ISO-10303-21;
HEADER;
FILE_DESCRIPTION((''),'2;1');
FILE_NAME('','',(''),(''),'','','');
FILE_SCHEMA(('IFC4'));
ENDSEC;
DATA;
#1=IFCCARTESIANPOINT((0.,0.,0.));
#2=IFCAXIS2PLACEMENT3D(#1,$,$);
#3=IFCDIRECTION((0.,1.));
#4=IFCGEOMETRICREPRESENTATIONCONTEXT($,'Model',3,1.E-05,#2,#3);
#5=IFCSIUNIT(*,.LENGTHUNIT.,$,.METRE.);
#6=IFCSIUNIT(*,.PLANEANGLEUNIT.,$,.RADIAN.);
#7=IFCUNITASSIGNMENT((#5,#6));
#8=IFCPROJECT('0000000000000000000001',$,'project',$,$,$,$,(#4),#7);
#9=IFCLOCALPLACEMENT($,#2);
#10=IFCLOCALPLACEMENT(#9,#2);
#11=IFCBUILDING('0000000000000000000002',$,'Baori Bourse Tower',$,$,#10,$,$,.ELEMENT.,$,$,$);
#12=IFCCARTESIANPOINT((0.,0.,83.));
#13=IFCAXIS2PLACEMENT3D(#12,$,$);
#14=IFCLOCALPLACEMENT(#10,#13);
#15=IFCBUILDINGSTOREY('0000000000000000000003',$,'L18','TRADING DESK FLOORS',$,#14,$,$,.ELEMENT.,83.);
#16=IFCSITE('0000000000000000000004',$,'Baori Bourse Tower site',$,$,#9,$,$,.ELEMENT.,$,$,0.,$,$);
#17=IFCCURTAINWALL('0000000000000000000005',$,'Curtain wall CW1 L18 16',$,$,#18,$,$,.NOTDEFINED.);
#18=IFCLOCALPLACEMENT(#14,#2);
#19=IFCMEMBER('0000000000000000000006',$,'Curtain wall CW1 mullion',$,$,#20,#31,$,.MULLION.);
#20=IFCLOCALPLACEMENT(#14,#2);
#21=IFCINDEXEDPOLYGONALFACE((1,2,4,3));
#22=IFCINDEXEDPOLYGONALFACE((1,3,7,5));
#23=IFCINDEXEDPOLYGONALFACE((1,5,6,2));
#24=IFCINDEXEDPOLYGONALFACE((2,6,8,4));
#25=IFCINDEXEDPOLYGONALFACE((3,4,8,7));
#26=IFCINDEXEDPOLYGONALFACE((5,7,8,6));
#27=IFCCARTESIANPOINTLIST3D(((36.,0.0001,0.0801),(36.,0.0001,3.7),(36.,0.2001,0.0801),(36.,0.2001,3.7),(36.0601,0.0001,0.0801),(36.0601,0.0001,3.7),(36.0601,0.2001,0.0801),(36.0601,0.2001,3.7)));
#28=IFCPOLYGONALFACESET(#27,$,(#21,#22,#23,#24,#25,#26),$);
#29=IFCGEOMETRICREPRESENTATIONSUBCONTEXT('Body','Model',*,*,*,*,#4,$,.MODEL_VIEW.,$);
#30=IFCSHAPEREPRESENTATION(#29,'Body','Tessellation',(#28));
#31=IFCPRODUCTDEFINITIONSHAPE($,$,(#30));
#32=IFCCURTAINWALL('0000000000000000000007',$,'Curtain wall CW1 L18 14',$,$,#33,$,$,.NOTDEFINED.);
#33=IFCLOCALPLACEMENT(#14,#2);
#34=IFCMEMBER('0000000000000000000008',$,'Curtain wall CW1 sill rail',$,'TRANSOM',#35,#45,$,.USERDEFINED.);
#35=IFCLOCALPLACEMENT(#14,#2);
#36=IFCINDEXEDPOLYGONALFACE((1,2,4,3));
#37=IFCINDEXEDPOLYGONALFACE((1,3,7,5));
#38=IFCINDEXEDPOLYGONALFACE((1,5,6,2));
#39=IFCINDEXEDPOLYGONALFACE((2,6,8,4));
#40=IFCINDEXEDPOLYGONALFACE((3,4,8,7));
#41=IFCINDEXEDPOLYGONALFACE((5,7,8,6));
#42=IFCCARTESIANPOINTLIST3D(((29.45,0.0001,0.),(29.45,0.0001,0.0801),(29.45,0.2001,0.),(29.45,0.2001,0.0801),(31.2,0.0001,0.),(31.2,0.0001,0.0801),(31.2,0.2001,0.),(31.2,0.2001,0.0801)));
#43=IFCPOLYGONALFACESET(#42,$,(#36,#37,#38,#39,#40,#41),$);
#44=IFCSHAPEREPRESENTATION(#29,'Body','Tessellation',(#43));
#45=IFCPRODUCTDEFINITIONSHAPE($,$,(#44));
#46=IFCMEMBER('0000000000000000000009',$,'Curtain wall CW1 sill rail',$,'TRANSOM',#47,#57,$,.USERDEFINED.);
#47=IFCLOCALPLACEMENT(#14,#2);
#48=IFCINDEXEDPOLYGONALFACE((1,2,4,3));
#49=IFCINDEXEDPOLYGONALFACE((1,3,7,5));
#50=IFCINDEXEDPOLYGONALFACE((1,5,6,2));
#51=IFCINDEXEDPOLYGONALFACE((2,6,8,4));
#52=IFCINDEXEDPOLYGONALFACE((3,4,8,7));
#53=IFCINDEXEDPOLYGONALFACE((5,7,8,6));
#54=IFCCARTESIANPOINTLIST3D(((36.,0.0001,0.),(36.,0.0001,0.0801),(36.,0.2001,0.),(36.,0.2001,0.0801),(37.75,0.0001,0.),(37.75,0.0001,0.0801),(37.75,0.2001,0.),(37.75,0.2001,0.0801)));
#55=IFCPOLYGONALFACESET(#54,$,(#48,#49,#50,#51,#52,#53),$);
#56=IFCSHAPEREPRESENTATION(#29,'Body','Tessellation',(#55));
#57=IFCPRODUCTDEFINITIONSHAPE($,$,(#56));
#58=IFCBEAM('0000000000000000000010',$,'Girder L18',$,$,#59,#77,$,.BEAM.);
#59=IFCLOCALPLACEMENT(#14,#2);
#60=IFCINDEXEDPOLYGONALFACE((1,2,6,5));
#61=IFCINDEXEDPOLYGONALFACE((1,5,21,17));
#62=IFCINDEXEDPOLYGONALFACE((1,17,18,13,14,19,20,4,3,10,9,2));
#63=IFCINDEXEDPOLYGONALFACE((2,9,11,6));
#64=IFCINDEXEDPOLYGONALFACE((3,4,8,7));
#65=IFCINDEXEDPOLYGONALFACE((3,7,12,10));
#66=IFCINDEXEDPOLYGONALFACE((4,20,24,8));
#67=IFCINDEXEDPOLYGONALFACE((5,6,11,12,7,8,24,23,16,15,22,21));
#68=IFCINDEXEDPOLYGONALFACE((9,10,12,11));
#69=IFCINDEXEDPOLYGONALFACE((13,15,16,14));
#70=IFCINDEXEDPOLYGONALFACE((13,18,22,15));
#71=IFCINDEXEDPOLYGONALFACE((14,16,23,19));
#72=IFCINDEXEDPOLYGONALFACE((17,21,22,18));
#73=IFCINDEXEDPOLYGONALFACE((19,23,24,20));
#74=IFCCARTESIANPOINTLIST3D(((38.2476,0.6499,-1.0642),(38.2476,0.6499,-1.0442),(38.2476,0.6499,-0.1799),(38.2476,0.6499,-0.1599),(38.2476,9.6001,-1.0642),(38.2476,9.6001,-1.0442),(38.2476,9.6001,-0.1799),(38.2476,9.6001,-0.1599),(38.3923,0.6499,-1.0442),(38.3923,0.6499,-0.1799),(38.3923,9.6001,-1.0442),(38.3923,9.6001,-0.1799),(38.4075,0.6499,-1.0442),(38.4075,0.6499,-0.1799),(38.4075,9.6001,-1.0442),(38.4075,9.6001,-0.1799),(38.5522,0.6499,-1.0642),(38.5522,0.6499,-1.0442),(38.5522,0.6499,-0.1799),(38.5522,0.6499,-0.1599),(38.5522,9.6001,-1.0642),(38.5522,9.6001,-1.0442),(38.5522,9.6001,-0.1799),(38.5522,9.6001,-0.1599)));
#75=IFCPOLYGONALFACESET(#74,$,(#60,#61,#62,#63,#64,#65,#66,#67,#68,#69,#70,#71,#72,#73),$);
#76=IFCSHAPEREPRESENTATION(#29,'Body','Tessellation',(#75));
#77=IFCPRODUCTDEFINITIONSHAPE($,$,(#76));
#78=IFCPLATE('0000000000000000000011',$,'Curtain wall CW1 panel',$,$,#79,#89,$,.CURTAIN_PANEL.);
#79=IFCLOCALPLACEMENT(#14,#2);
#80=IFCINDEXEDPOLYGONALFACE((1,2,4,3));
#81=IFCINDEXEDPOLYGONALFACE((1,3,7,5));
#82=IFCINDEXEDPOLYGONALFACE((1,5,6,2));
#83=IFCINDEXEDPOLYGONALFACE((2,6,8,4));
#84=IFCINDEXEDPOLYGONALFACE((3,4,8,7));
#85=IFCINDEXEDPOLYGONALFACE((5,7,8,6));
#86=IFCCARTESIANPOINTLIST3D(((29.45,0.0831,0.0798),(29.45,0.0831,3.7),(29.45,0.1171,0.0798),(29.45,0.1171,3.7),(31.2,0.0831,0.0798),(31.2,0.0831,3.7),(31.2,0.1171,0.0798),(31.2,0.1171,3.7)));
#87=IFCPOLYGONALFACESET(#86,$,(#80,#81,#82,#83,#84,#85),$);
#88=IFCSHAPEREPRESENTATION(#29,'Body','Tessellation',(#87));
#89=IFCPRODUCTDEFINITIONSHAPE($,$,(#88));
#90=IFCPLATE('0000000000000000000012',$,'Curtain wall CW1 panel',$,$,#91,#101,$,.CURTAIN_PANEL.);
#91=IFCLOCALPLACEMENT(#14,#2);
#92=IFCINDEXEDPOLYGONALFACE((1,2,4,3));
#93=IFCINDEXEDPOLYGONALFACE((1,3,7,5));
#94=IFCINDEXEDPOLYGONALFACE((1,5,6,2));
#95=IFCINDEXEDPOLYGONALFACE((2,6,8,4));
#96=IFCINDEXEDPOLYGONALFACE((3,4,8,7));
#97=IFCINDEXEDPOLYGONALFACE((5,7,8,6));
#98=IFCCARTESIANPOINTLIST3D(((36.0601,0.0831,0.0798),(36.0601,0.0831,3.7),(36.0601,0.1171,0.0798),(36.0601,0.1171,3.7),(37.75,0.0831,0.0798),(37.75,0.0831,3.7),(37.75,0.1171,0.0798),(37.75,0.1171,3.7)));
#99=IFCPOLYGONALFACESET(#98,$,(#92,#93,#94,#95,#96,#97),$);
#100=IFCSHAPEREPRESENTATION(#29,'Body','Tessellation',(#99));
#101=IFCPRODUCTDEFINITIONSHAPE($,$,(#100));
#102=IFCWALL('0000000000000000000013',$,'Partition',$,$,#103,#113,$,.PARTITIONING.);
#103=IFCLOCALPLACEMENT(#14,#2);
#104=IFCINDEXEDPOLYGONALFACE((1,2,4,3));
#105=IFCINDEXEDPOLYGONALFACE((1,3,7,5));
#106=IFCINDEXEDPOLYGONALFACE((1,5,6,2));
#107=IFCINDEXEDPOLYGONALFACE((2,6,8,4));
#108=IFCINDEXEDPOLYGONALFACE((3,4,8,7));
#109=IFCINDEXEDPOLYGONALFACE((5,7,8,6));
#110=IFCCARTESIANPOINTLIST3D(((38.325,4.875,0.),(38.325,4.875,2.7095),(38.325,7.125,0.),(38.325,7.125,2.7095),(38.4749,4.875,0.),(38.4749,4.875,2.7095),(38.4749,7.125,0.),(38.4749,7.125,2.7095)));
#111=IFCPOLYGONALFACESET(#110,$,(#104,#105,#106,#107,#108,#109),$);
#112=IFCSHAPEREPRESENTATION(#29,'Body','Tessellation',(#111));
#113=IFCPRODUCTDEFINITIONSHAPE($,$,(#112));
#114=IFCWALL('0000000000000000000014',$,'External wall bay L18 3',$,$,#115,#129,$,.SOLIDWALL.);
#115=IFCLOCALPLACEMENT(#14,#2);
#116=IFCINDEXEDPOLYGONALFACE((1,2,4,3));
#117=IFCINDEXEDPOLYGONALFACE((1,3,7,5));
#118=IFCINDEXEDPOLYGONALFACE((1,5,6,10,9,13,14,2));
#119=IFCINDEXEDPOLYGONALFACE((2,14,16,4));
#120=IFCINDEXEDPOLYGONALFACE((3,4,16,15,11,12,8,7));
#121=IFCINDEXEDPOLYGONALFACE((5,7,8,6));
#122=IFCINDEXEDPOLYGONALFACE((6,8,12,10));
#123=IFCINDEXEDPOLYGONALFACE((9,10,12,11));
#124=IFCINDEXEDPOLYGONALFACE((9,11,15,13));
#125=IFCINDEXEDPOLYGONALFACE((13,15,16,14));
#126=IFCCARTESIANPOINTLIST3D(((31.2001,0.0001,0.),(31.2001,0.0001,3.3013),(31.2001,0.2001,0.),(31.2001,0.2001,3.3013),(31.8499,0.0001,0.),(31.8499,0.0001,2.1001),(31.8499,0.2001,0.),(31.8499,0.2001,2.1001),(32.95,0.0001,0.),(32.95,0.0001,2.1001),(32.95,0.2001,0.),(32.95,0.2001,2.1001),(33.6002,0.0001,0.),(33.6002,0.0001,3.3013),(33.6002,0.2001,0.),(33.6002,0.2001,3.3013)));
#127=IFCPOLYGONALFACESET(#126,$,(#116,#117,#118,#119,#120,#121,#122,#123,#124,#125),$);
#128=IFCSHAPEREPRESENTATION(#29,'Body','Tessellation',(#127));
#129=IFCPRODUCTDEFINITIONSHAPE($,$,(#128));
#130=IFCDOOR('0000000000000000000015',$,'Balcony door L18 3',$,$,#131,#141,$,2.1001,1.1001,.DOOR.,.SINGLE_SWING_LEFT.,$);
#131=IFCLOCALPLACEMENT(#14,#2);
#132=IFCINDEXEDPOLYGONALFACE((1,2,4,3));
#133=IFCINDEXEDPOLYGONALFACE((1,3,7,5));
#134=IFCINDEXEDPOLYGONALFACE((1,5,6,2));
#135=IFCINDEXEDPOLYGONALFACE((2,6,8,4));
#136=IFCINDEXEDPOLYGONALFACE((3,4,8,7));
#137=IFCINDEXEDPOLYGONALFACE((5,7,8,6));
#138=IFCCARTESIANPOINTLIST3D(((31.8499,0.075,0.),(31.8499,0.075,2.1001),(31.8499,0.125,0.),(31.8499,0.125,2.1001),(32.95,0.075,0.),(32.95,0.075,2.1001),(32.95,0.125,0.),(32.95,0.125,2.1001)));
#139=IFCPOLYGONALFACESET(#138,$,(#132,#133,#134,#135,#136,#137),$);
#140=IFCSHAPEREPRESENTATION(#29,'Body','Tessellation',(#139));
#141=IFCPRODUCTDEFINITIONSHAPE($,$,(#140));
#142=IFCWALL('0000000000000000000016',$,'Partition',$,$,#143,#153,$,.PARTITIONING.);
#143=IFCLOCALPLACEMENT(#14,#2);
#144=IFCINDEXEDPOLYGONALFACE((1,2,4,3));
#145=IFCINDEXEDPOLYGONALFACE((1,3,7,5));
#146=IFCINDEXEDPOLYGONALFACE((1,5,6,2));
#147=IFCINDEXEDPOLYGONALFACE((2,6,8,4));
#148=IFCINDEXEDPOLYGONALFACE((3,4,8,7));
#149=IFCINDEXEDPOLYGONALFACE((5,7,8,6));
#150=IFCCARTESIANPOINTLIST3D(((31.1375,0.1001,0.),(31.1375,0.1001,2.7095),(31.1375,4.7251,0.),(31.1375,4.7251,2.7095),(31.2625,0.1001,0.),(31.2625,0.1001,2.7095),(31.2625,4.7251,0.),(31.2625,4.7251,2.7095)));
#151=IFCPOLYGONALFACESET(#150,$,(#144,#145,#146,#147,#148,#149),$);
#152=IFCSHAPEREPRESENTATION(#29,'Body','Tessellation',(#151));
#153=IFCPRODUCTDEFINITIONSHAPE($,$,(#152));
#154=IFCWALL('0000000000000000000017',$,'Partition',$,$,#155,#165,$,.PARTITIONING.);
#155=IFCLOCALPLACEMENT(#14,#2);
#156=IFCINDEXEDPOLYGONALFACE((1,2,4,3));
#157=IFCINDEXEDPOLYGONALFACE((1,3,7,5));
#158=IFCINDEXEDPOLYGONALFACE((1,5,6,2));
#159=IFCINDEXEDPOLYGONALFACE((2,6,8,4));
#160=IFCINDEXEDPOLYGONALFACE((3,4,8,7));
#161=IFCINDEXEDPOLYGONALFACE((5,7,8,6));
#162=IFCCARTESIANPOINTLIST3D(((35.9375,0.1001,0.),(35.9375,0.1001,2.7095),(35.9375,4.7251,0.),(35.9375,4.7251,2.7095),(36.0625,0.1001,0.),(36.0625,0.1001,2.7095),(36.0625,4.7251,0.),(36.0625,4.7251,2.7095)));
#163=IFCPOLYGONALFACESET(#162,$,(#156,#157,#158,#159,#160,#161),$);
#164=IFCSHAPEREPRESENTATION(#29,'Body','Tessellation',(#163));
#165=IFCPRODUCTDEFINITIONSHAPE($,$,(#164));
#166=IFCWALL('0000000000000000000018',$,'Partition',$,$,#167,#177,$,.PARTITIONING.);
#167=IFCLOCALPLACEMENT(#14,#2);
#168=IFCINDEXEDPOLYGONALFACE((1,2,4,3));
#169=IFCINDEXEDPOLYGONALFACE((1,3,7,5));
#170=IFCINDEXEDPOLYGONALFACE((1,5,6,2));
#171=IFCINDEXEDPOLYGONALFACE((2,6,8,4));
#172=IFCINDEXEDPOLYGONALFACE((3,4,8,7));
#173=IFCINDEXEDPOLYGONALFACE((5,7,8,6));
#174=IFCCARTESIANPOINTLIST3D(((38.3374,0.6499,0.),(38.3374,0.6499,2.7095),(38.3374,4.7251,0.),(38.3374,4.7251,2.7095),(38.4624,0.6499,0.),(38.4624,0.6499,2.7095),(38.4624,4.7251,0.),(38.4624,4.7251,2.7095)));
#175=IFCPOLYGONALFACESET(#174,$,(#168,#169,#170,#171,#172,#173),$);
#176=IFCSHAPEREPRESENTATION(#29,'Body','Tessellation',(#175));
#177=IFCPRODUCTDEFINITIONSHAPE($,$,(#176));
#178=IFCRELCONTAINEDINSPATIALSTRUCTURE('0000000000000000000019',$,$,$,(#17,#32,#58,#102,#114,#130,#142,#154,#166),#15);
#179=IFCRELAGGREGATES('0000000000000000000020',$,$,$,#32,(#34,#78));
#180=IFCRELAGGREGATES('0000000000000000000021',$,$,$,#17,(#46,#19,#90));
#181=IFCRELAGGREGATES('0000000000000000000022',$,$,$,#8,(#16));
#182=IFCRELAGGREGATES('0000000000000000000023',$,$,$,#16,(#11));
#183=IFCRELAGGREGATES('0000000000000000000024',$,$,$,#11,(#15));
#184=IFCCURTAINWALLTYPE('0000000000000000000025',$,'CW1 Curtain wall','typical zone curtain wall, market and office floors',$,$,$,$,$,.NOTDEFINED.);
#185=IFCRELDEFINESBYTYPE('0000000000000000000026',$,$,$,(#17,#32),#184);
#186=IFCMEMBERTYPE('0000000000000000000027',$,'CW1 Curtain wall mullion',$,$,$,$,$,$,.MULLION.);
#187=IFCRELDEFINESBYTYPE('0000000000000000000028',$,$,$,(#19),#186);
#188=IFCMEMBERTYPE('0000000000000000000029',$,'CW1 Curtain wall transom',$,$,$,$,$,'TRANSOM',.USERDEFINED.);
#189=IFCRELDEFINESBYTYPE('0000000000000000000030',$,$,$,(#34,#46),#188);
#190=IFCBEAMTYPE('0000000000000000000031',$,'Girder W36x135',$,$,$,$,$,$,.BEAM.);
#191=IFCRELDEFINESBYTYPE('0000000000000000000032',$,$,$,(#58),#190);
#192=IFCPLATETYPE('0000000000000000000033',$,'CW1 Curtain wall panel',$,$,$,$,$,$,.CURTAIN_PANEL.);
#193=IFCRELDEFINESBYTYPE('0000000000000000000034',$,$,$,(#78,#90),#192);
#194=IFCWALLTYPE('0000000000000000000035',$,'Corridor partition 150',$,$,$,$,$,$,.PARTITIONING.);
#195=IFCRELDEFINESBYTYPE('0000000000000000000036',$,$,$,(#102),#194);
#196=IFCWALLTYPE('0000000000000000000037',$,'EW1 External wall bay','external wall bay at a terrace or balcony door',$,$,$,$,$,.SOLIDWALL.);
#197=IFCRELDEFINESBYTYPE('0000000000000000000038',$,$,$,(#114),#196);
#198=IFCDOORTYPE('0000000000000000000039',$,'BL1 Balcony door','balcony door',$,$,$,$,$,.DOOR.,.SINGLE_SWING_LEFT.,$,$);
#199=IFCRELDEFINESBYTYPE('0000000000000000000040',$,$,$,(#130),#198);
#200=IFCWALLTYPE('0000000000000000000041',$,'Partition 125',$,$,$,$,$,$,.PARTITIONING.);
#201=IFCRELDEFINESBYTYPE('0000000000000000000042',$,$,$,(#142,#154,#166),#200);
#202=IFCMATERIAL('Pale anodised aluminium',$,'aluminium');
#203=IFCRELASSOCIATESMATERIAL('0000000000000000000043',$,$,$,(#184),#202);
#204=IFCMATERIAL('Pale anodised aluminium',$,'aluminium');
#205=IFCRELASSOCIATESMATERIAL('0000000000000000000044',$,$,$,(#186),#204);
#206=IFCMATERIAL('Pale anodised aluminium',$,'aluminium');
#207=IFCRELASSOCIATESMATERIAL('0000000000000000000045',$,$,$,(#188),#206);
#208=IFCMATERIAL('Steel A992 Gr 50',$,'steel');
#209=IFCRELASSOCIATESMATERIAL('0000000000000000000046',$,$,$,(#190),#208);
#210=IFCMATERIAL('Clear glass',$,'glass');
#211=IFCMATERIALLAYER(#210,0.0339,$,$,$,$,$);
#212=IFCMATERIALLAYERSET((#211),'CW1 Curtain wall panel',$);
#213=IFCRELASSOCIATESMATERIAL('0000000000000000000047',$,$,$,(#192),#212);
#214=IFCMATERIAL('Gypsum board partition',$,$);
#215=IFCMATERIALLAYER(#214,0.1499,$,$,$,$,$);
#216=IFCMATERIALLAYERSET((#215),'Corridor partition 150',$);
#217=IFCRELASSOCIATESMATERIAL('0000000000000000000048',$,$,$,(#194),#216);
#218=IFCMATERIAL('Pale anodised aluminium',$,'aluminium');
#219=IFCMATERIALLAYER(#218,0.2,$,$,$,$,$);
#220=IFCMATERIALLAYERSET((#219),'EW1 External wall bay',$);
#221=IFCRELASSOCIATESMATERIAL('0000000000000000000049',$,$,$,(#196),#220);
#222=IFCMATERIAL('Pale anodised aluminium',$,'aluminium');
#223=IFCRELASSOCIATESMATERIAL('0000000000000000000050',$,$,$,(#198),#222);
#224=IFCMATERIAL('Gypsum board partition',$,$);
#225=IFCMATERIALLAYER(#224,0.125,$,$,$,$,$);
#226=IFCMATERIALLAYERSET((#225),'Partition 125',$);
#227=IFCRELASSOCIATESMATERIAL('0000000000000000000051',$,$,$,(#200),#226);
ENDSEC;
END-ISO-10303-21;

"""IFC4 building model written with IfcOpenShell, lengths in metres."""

from ifc_helpers import new_model, si_unit, direction, frame, frame_2d, origin, origin_2d, place, context, subcontext, project, spatial, rectangle, i_section, extrude, material, layer, layer_set, material_profile, profile_set, type_object, element, fill, aggregate, save


model = new_model("IFC4")

# Units and contexts
model_context = context("Model", 3, precision=1e-05, world=origin(), true_north=direction((0.0, 1.0)))
body_context = subcontext(model_context, "Body", "Model", "MODEL_VIEW")
ifc_project = project(units=[si_unit("LENGTHUNIT", "METRE"), si_unit("PLANEANGLEUNIT", "RADIAN")], contexts=[model_context])

# Site, building, storey
site_placement = place(None, origin())
site = spatial("IfcSite", under=ifc_project, at=site_placement, Name="Baori Bourse Tower site", CompositionType="ELEMENT", RefElevation=0.0)
building_placement = place(site_placement, origin())
building = spatial("IfcBuilding", under=site, at=building_placement, Name="Baori Bourse Tower", CompositionType="ELEMENT")
storey_placement = place(building_placement, frame((0.0, 0.0, 83.0)))
storey = spatial("IfcBuildingStorey", under=building, at=storey_placement, Name="L18", Description="TRADING DESK FLOORS", CompositionType="ELEMENT", Elevation=83.0)

# Curtain walls, members
ifc_material_1 = material(Name="Pale anodised aluminium", Category="aluminium")
curtain_wall_type = type_object("IfcCurtainWallType", Name="CW1 Curtain wall", Description="typical zone curtain wall, market and office floors", PredefinedType="NOTDEFINED", material=ifc_material_1)
curtain_wall_1_placement = place(storey_placement, origin())
curtain_wall_1 = element("IfcCurtainWall", 1, at=curtain_wall_1_placement, inside=storey, type_object=curtain_wall_type, Name="Curtain wall CW1 L18 16", PredefinedType="NOTDEFINED")
ifc_material_2 = material(Name="Pale anodised aluminium", Category="aluminium")
ifc_material_profile_1 = material_profile(ifc_material_2, rectangle(XDim=0.2, YDim=0.0601, at=origin_2d()), Name="Mullion 60x200")
ifc_profile_set_1 = profile_set([ifc_material_profile_1], Name="Pale anodised aluminium")
member_type_1 = type_object("IfcMemberType", Name="CW1 Curtain wall mullion", PredefinedType="MULLION", material=ifc_profile_set_1)
member_1_placement = place(storey_placement, frame((36.03, 0.1001, 0.0801), z_axis=(0.0, 0.0, 1.0), x_axis=(0.0, 1.0, 0.0)))
member_1 = element("IfcMember", 2, at=member_1_placement, type_object=member_type_1, Name="Curtain wall CW1 mullion", PredefinedType="MULLION", context=body_context, shape_type="SweptSolid", body=[
    extrude(rectangle(XDim=0.2, YDim=0.0601, at=origin_2d()), origin(), (0.0, 0.0, 1.0), 3.6199),
])
curtain_wall_2_placement = place(storey_placement, origin())
curtain_wall_2 = element("IfcCurtainWall", 3, at=curtain_wall_2_placement, inside=storey, type_object=curtain_wall_type, Name="Curtain wall CW1 L18 14", PredefinedType="NOTDEFINED")
ifc_material_3 = material(Name="Pale anodised aluminium", Category="aluminium")
ifc_material_profile_2 = material_profile(ifc_material_3, rectangle(XDim=0.2, YDim=0.0801, at=origin_2d()), Name="Transom 80x200")
ifc_profile_set_2 = profile_set([ifc_material_profile_2], Name="Pale anodised aluminium")
member_type_2 = type_object("IfcMemberType", Name="CW1 Curtain wall transom", ElementType="TRANSOM", PredefinedType="USERDEFINED", material=ifc_profile_set_2)
member_2_placement = place(storey_placement, frame((29.45, 0.1001, 0.04), z_axis=(1.0, 0.0, 0.0), x_axis=(0.0, 1.0, 0.0)))
member_2 = element("IfcMember", 4, at=member_2_placement, type_object=member_type_2, Name="Curtain wall CW1 sill rail", ObjectType="TRANSOM", PredefinedType="USERDEFINED", context=body_context, shape_type="SweptSolid", body=[
    extrude(rectangle(XDim=0.2, YDim=0.0801, at=origin_2d()), origin(), (0.0, 0.0, 1.0), 1.75),
])

# Member
member_3_placement = place(storey_placement, frame((36.0, 0.1001, 0.04), z_axis=(1.0, 0.0, 0.0), x_axis=(0.0, 1.0, 0.0)))
member_3 = element("IfcMember", 5, at=member_3_placement, type_object=member_type_2, Name="Curtain wall CW1 sill rail", ObjectType="TRANSOM", PredefinedType="USERDEFINED", context=body_context, shape_type="SweptSolid", body=[
    extrude(rectangle(XDim=0.2, YDim=0.0801, at=origin_2d()), origin(), (0.0, 0.0, 1.0), 1.75),
])

# Beam
ifc_material_4 = material(Name="Steel A992 Gr 50", Category="steel")
ifc_material_profile_3 = material_profile(ifc_material_4, i_section(OverallWidth=0.3047, OverallDepth=0.9043, WebThickness=0.0151, FlangeThickness=0.02, at=origin_2d()), Name="W36x135")
ifc_profile_set_3 = profile_set([ifc_material_profile_3], Name="Steel A992 Gr 50")
beam_type = type_object("IfcBeamType", Name="Girder W36x135", PredefinedType="BEAM", material=ifc_profile_set_3)
beam_placement = place(storey_placement, frame((38.3999, 0.6499, -0.6121), z_axis=(0.0, 1.0, 0.0), x_axis=(-1.0, 0.0, 0.0)))
element("IfcBeam", 6, at=beam_placement, inside=storey, type_object=beam_type, Name="Girder L18", PredefinedType="BEAM", context=body_context, shape_type="SweptSolid", body=[
    extrude(i_section(OverallWidth=0.3047, OverallDepth=0.9043, WebThickness=0.0151, FlangeThickness=0.02, at=origin_2d()), origin(), (0.0, 0.0, 1.0), 8.9502),
])

# Plates
ifc_material_5 = material(Name="Clear glass", Category="glass")
ifc_layer_1 = layer(ifc_material_5, 0.0339)
ifc_layer_set_1 = layer_set([ifc_layer_1], Name="CW1 Curtain wall panel")
plate_type = type_object("IfcPlateType", Name="CW1 Curtain wall panel", PredefinedType="CURTAIN_PANEL", material=ifc_layer_set_1)
plate_1_placement = place(storey_placement, frame((30.325, 0.1001, 0.0798), z_axis=(0.0, 0.0, 1.0), x_axis=(1.0, 0.0, 0.0)))
plate_1 = element("IfcPlate", 7, at=plate_1_placement, type_object=plate_type, Name="Curtain wall CW1 panel", PredefinedType="CURTAIN_PANEL", context=body_context, shape_type="SweptSolid", body=[
    extrude(rectangle(XDim=1.75, YDim=0.0339, at=origin_2d()), origin(), (0.0, 0.0, 1.0), 3.6201),
])
aggregate(curtain_wall_2, [member_2, plate_1])
plate_2_placement = place(storey_placement, frame((36.905, 0.1001, 0.0798), z_axis=(0.0, 0.0, 1.0), x_axis=(1.0, 0.0, 0.0)))
plate_2 = element("IfcPlate", 8, at=plate_2_placement, type_object=plate_type, Name="Curtain wall CW1 panel", PredefinedType="CURTAIN_PANEL", context=body_context, shape_type="SweptSolid", body=[
    extrude(rectangle(XDim=1.6899, YDim=0.0339, at=origin_2d()), origin(), (0.0, 0.0, 1.0), 3.6201),
])
aggregate(curtain_wall_1, [member_3, member_1, plate_2])

# Wall
ifc_material_6 = material(Name="Gypsum board partition")
ifc_layer_2 = layer(ifc_material_6, 0.1499)
ifc_layer_set_2 = layer_set([ifc_layer_2], Name="Corridor partition 150")
wall_type_1 = type_object("IfcWallType", Name="Corridor partition 150", PredefinedType="PARTITIONING", material=ifc_layer_set_2)
wall_1_placement = place(storey_placement, frame((38.3999, 4.875, 0.0), z_axis=(0.0, 0.0, 1.0), x_axis=(0.0, 1.0, 0.0)))
element("IfcWall", 9, at=wall_1_placement, inside=storey, type_object=wall_type_1, Name="Partition", PredefinedType="PARTITIONING", context=body_context, shape_type="SweptSolid", body=[
    extrude(rectangle(XDim=2.25, YDim=0.1499, at=frame_2d((1.125, 0.0))), origin(), (0.0, 0.0, 1.0), 2.7095),
])

# Wall, opening, door
ifc_material_7 = material(Name="Pale anodised aluminium", Category="aluminium")
ifc_layer_3 = layer(ifc_material_7, 0.2)
ifc_layer_set_3 = layer_set([ifc_layer_3], Name="EW1 External wall bay")
wall_type_2 = type_object("IfcWallType", Name="EW1 External wall bay", Description="external wall bay at a terrace or balcony door", PredefinedType="SOLIDWALL", material=ifc_layer_set_3)
wall_2_placement = place(storey_placement, frame((31.2, 0.1001, 0.0), z_axis=(0.0, 0.0, 1.0), x_axis=(1.0, 0.0, 0.0)))
wall_2 = element("IfcWall", 10, at=wall_2_placement, inside=storey, type_object=wall_type_2, Name="External wall bay L18 3", PredefinedType="SOLIDWALL", context=body_context, shape_type="SweptSolid", body=[
    extrude(rectangle(XDim=2.4001, YDim=0.2, at=frame_2d((1.2002, 0.0))), origin(), (0.0, 0.0, 1.0), 3.3013),
])
opening_placement = place(wall_2_placement, frame((0.6499, 0.0, 0.0)))
opening = element("IfcOpeningElement", 11, at=opening_placement, cuts=wall_2, PredefinedType="OPENING", context=body_context, shape_type="SweptSolid", body=[
    extrude(rectangle(XDim=1.1001, YDim=2.1001, at=frame_2d((0.55, 1.05))), frame((0.0, 0.1099, 0.0), z_axis=(0.0, -1.0, 0.0), x_axis=(1.0, 0.0, 0.0)), (0.0, 0.0, 1.0), 0.22),
])
ifc_material_8 = material(Name="Pale anodised aluminium", Category="aluminium")
door_type = type_object("IfcDoorType", Name="BL1 Balcony door", Description="balcony door", OperationType="SINGLE_SWING_LEFT", PredefinedType="DOOR", material=ifc_material_8)
door_placement = place(opening_placement, origin())
door = element("IfcDoor", 12, at=door_placement, inside=storey, type_object=door_type, Name="Balcony door L18 3", OperationType="SINGLE_SWING_LEFT", OverallHeight=2.1001, OverallWidth=1.1001, PredefinedType="DOOR", context=body_context, shape_type="SweptSolid", body=[
    extrude(rectangle(XDim=1.1001, YDim=2.1001, at=frame_2d((0.55, 1.05))), frame((0.0, 0.0249, 0.0), z_axis=(0.0, -1.0, 0.0), x_axis=(1.0, 0.0, 0.0)), (0.0, 0.0, 1.0), 0.05),
])
fill(opening, door)

# Walls
ifc_material_9 = material(Name="Gypsum board partition")
ifc_layer_4 = layer(ifc_material_9, 0.125)
ifc_layer_set_4 = layer_set([ifc_layer_4], Name="Partition 125")
wall_type_3 = type_object("IfcWallType", Name="Partition 125", PredefinedType="PARTITIONING", material=ifc_layer_set_4)
for number, where, z_axis, x_axis, name in (
    (13, (31.2, 0.1001, 0.0), (0.0, 0.0, 1.0), (0.0, 1.0, 0.0), "Partition"),
    (14, (36.0, 0.1001, 0.0), (0.0, 0.0, 1.0), (0.0, 1.0, 0.0), "Partition"),
):
    element("IfcWall", number, at=place(storey_placement, frame(where, z_axis=z_axis, x_axis=x_axis)), inside=storey, type_object=wall_type_3, Name=name, PredefinedType="PARTITIONING", context=body_context, shape_type="SweptSolid", body=[
        extrude(rectangle(XDim=4.625, YDim=0.125, at=frame_2d((2.3125, 0.0))), origin(), (0.0, 0.0, 1.0), 2.7095),
    ])
wall_3_placement = place(storey_placement, frame((38.3999, 0.6499, 0.0), z_axis=(0.0, 0.0, 1.0), x_axis=(0.0, 1.0, 0.0)))
element("IfcWall", 15, at=wall_3_placement, inside=storey, type_object=wall_type_3, Name="Partition", PredefinedType="PARTITIONING", context=body_context, shape_type="SweptSolid", body=[
    extrude(rectangle(XDim=4.0752, YDim=0.125, at=frame_2d((2.0376, 0.0))), origin(), (0.0, 0.0, 1.0), 2.7095),
])

save(model, "model.ifc")
